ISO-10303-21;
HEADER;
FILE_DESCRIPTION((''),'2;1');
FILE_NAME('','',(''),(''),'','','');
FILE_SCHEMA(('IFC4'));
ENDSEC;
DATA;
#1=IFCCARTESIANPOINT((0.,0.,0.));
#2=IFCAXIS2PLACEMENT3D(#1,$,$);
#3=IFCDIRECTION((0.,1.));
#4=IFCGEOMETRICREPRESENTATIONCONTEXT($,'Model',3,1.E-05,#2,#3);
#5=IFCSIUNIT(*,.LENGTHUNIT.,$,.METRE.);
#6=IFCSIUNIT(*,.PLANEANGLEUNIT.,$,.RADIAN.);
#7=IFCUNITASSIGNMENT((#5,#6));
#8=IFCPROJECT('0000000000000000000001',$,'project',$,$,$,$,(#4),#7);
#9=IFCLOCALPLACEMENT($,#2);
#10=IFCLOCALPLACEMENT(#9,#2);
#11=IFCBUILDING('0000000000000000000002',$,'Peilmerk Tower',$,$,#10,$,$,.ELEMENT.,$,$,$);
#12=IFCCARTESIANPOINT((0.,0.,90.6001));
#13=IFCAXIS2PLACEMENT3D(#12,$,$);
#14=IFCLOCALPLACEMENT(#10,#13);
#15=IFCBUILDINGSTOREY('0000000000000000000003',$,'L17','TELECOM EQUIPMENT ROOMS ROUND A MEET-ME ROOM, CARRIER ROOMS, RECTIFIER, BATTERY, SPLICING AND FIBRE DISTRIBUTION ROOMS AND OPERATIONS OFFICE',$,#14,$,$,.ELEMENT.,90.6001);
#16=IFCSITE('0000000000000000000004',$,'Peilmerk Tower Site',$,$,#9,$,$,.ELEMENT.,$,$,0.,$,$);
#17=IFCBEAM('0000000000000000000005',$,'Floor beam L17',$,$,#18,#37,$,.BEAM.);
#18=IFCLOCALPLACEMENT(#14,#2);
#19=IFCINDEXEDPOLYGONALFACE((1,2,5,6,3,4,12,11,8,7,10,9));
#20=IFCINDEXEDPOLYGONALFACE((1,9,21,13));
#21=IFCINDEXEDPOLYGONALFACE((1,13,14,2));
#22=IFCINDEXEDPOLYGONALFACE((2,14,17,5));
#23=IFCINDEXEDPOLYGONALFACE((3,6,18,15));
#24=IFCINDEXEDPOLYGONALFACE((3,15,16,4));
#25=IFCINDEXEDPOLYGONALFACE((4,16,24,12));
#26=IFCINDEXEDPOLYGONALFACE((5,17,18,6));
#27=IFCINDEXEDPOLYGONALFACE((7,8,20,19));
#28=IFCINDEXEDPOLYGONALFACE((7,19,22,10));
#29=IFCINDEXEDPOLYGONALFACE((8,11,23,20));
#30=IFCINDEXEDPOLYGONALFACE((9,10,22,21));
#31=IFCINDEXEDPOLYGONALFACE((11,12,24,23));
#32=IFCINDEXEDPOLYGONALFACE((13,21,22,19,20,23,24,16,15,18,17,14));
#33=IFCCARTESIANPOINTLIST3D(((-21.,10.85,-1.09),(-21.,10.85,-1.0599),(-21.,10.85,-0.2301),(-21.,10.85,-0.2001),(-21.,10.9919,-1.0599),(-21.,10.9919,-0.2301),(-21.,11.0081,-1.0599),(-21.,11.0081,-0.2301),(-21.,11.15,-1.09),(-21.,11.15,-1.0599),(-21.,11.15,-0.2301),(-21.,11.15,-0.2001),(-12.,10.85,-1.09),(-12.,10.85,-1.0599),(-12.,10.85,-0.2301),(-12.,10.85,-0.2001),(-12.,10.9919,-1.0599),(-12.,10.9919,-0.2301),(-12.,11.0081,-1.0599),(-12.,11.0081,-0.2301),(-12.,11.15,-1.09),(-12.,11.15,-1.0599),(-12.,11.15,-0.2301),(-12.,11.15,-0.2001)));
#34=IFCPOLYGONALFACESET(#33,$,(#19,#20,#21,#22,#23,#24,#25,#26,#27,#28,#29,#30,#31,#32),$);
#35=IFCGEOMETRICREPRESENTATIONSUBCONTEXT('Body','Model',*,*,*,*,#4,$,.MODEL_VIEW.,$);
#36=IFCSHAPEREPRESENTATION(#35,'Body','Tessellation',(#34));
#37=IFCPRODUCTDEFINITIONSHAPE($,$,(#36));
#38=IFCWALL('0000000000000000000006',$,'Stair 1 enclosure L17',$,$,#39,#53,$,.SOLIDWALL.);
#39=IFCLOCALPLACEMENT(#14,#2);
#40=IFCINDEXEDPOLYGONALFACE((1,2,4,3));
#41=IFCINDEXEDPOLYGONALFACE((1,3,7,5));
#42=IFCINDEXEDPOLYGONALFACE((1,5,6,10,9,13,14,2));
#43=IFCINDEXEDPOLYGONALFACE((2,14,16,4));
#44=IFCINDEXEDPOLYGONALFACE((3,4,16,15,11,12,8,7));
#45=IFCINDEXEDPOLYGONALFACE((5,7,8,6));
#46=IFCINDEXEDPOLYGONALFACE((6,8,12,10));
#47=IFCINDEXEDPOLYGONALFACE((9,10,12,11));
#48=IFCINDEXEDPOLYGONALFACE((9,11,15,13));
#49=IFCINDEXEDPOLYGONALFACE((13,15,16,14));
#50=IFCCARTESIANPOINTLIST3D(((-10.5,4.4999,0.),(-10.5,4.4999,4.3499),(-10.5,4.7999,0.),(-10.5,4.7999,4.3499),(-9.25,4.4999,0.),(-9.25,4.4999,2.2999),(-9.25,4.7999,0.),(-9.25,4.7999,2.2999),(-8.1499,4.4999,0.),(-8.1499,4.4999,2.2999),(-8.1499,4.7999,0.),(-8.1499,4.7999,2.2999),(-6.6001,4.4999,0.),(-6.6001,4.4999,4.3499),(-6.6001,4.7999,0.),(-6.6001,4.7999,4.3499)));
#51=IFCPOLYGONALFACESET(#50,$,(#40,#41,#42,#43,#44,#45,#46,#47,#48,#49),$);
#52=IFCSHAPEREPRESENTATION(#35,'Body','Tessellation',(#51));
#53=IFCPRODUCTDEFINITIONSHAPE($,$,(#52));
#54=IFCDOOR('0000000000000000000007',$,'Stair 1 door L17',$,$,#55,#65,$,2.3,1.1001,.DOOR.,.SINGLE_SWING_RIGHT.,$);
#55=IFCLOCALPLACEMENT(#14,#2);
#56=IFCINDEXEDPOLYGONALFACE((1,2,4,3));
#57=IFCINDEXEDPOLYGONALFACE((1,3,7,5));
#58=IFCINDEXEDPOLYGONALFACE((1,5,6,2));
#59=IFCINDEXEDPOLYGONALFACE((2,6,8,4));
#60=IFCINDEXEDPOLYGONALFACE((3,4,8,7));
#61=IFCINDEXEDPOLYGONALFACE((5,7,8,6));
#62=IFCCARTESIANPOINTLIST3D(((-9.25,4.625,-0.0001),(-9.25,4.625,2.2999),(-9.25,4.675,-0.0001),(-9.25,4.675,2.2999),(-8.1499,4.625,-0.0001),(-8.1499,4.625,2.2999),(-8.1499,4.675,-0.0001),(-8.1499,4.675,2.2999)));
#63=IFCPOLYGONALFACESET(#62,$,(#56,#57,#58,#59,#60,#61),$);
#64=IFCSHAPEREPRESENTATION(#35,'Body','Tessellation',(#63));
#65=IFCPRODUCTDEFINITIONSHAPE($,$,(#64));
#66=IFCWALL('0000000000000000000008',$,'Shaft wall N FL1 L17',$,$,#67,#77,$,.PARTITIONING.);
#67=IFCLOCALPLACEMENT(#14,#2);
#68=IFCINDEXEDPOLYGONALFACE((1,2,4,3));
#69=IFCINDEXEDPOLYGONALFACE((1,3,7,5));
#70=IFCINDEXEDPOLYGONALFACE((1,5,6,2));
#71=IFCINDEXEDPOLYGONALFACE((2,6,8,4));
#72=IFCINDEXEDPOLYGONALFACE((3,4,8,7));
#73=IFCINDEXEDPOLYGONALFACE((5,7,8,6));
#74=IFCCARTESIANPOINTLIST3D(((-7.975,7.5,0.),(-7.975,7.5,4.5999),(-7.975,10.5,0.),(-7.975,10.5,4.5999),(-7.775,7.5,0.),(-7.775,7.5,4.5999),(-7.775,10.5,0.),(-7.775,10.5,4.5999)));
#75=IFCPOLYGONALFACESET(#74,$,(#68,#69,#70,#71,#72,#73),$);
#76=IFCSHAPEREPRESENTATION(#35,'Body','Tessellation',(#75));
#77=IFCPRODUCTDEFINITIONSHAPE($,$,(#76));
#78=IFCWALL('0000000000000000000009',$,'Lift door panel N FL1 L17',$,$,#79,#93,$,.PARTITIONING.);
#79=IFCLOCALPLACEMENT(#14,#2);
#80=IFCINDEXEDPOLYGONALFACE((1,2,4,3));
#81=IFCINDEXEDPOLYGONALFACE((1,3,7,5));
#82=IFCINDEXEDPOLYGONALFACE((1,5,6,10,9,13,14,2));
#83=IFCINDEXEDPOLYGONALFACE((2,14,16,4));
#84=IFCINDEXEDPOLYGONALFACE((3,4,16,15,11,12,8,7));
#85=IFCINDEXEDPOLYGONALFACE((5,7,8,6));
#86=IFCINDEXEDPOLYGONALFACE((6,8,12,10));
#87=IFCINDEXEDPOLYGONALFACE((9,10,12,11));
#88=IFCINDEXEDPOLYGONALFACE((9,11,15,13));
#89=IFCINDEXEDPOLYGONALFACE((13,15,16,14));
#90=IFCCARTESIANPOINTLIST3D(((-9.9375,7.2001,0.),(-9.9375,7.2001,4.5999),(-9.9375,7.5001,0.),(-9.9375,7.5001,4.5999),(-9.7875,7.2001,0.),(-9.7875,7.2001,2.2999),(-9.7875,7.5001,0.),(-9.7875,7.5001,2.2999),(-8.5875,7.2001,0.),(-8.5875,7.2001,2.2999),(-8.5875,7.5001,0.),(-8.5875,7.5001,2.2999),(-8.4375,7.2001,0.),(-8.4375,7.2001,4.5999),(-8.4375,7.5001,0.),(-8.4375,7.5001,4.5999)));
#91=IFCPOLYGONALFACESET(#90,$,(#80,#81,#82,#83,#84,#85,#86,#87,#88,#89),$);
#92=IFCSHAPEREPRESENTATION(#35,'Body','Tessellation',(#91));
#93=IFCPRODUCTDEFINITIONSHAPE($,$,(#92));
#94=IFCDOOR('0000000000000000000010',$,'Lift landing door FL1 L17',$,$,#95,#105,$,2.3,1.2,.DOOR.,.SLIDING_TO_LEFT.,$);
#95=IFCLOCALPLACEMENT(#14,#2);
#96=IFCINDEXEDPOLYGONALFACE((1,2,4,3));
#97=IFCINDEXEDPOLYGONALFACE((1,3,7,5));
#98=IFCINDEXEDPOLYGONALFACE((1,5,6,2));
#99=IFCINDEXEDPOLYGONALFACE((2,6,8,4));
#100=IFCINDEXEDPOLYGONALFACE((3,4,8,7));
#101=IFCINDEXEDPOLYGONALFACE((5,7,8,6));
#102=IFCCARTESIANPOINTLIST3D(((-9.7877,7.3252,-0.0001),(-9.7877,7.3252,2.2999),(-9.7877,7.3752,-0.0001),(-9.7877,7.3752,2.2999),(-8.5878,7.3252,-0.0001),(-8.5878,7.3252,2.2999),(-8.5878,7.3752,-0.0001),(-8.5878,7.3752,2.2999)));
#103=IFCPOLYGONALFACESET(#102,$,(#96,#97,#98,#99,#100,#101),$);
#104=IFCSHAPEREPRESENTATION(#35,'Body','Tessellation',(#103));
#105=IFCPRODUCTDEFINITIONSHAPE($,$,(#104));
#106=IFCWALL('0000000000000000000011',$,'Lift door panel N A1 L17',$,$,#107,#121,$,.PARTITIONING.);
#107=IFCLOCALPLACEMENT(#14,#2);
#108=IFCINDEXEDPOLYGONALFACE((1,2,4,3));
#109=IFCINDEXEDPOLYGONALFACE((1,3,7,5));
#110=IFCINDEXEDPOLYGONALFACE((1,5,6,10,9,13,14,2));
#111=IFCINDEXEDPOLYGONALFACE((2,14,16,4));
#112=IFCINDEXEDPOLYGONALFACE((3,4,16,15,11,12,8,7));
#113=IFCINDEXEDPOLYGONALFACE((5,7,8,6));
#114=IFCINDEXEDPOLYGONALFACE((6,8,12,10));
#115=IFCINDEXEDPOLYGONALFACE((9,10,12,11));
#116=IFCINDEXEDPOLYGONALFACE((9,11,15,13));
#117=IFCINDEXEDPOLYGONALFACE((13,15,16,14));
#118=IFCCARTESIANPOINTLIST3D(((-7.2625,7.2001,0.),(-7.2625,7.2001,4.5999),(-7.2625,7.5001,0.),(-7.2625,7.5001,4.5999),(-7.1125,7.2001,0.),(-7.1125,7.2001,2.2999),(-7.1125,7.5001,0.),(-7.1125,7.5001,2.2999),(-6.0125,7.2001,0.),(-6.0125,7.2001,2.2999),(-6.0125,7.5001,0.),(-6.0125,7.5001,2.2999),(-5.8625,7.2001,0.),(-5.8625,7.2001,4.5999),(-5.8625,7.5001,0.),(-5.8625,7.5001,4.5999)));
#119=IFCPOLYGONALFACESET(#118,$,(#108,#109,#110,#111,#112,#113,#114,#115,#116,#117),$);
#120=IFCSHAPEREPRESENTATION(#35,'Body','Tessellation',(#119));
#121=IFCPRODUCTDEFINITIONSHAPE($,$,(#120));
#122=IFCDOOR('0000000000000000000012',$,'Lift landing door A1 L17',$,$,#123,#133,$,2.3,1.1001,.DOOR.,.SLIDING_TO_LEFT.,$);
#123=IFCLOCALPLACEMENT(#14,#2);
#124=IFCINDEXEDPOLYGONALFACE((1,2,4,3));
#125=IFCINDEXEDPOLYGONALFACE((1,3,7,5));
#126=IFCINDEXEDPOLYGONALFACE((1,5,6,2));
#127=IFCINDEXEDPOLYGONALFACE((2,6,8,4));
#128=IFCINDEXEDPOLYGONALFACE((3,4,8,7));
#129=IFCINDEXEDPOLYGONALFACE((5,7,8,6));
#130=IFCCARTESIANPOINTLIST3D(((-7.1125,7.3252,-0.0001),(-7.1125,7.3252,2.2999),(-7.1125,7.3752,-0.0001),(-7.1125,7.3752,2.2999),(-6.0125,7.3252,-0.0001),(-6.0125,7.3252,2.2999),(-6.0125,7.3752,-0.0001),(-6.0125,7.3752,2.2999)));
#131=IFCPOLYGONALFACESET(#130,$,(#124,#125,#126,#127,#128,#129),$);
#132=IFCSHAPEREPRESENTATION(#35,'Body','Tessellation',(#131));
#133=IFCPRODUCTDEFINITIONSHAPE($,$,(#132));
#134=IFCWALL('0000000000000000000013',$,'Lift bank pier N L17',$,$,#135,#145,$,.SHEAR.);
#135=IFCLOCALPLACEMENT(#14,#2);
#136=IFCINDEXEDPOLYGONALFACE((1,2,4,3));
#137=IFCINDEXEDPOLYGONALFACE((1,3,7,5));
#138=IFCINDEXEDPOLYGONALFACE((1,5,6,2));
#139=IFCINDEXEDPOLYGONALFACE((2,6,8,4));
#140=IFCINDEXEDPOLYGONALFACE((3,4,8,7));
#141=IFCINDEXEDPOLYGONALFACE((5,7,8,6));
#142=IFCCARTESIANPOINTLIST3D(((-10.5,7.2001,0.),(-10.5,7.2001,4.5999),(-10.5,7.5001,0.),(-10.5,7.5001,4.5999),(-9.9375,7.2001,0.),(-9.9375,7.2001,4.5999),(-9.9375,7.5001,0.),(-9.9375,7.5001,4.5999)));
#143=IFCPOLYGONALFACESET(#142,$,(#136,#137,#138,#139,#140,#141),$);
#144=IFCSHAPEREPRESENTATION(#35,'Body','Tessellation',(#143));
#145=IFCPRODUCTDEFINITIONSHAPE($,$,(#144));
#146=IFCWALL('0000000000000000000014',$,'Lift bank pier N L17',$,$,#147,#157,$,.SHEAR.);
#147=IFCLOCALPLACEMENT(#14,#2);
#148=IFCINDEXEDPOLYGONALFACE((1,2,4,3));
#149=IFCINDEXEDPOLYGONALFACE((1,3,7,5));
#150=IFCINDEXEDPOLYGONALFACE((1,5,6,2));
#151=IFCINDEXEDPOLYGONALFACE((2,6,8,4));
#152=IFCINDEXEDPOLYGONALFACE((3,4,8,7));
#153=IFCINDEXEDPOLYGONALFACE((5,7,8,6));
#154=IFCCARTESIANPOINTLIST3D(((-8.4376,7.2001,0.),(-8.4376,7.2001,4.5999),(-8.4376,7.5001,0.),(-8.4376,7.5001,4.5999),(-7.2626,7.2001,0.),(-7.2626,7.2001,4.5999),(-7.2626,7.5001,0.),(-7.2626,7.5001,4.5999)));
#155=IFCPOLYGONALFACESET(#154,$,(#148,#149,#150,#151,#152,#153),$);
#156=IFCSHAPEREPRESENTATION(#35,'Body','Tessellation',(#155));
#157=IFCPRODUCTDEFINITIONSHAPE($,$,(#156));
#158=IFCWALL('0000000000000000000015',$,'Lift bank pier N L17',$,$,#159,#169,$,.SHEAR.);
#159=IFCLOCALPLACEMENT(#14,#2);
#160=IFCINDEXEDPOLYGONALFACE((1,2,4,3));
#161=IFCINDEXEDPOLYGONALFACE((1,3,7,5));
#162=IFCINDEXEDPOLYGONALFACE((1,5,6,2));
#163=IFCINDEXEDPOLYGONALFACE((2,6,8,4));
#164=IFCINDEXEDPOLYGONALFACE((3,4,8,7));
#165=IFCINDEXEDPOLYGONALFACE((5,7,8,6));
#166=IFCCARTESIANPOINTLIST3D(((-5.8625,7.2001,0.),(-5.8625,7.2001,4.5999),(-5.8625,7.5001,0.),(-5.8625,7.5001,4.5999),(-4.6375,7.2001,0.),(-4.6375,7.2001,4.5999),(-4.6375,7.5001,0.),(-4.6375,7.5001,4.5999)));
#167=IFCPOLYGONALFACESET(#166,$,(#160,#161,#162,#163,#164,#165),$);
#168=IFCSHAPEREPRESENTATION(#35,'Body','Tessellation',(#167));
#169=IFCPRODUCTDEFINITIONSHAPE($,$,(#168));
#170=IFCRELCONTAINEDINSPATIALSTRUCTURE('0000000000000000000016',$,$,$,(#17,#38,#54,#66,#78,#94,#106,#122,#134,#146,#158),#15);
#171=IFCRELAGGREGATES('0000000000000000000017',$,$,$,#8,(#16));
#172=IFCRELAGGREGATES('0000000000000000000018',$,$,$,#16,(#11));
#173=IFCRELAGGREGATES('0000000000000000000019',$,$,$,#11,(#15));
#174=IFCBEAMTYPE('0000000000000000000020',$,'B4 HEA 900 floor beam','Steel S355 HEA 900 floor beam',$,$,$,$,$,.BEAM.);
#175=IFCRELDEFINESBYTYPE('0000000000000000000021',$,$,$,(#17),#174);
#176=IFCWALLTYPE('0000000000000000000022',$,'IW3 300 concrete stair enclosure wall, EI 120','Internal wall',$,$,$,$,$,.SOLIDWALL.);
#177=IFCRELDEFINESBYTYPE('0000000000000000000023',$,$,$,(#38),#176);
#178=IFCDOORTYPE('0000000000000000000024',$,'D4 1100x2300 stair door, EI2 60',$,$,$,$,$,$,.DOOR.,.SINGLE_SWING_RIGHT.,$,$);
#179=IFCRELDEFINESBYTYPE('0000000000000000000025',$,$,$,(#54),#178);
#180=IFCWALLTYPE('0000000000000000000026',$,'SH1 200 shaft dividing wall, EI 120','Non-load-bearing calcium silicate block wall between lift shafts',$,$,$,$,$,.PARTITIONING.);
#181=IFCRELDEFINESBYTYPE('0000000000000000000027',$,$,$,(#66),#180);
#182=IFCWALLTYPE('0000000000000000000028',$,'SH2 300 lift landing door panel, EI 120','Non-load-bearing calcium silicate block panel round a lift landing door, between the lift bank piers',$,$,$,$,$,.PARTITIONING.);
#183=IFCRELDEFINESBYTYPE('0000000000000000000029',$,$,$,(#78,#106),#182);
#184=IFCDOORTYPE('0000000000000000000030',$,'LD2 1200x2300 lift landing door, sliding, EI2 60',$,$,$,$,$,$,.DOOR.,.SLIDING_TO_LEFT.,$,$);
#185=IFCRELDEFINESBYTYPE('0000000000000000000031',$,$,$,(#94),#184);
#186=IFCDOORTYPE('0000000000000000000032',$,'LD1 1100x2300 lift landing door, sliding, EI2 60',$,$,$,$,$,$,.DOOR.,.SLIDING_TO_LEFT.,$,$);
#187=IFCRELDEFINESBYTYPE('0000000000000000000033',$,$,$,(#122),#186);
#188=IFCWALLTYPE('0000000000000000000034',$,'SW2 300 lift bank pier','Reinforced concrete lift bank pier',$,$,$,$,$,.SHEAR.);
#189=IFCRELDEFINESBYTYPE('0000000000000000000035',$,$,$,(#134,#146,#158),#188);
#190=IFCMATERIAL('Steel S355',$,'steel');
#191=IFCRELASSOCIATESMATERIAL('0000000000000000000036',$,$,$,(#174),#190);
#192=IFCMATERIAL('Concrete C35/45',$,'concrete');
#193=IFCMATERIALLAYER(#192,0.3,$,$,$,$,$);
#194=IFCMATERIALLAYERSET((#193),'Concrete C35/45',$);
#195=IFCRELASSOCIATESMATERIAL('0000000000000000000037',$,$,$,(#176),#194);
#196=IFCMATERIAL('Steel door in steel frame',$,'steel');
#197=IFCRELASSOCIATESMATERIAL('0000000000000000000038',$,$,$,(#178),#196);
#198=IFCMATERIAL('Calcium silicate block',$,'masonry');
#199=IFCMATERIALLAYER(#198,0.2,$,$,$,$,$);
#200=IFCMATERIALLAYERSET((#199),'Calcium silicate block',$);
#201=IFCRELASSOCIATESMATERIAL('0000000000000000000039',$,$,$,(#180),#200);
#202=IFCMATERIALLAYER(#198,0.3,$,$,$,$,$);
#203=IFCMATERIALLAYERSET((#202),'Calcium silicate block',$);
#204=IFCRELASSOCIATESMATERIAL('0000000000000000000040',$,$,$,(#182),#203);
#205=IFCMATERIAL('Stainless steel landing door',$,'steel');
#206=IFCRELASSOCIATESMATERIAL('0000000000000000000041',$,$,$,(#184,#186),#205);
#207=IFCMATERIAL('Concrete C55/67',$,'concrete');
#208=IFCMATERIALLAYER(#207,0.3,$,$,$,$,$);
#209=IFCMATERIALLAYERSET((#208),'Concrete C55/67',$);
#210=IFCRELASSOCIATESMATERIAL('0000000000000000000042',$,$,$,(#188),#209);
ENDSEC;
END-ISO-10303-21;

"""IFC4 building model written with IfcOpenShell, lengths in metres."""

from ifc_helpers import new_model, si_unit, direction, frame, frame_2d, origin, origin_2d, place, context, subcontext, project, spatial, rectangle, i_section, extrude, material, layer, layer_set, material_profile, profile_set, type_object, element, fill, save


model = new_model("IFC4")

# Units and contexts
model_context = context("Model", 3, precision=1e-05, world=origin(), true_north=direction((0.0, 1.0)))
body_context = subcontext(model_context, "Body", "Model", "MODEL_VIEW")
ifc_project = project(units=[si_unit("LENGTHUNIT", "METRE"), si_unit("PLANEANGLEUNIT", "RADIAN")], contexts=[model_context])

# Site, building, storey
site_placement = place(None, origin())
site = spatial("IfcSite", under=ifc_project, at=site_placement, Name="Peilmerk Tower Site", CompositionType="ELEMENT", RefElevation=0.0)
building_placement = place(site_placement, origin())
building = spatial("IfcBuilding", under=site, at=building_placement, Name="Peilmerk Tower", CompositionType="ELEMENT")
storey_placement = place(building_placement, frame((0.0, 0.0, 90.6001)))
storey = spatial("IfcBuildingStorey", under=building, at=storey_placement, Name="L17", Description="TELECOM EQUIPMENT ROOMS ROUND A MEET-ME ROOM, CARRIER ROOMS, RECTIFIER, BATTERY, SPLICING AND FIBRE DISTRIBUTION ROOMS AND OPERATIONS OFFICE", CompositionType="ELEMENT", Elevation=90.6001)

# Beam
ifc_material_1 = material(Name="Steel S355", Category="steel")
ifc_material_profile = material_profile(ifc_material_1, i_section(OverallWidth=0.3, OverallDepth=0.8899, WebThickness=0.0161, FlangeThickness=0.03, at=origin_2d()), Name="HEA 900")
ifc_profile_set = profile_set([ifc_material_profile], Name="Steel S355")
beam_type = type_object("IfcBeamType", Name="B4 HEA 900 floor beam", Description="Steel S355 HEA 900 floor beam", PredefinedType="BEAM", material=ifc_profile_set)
beam_placement = place(storey_placement, frame((-12.0, 11.0, -0.645), z_axis=(-1.0, 0.0, 0.0), x_axis=(0.0, -1.0, 0.0)))
element("IfcBeam", 1, at=beam_placement, inside=storey, type_object=beam_type, Name="Floor beam L17", PredefinedType="BEAM", context=body_context, shape_type="SweptSolid", body=[
    extrude(i_section(OverallWidth=0.3, OverallDepth=0.8899, WebThickness=0.0161, FlangeThickness=0.03, at=origin_2d()), origin(), (0.0, 0.0, 1.0), 9.0),
])

# Wall, opening, door
ifc_material_2 = material(Name="Concrete C35/45", Category="concrete")
ifc_layer_1 = layer(ifc_material_2, 0.3)
ifc_layer_set_1 = layer_set([ifc_layer_1], Name="Concrete C35/45")
wall_type_1 = type_object("IfcWallType", Name="IW3 300 concrete stair enclosure wall, EI 120", Description="Internal wall", PredefinedType="SOLIDWALL", material=ifc_layer_set_1)
wall_1_placement = place(storey_placement, frame((-10.5, 4.6499, 0.0), z_axis=(0.0, 0.0, 1.0), x_axis=(1.0, 0.0, 0.0)))
wall_1 = element("IfcWall", 2, at=wall_1_placement, inside=storey, type_object=wall_type_1, Name="Stair 1 enclosure L17", PredefinedType="SOLIDWALL", context=body_context, shape_type="SweptSolid", body=[
    extrude(rectangle(XDim=3.8999, YDim=0.3, at=frame_2d((1.95, 0.0))), origin(), (0.0, 0.0, 1.0), 4.3499),
])
opening_1_placement = place(wall_1_placement, frame((1.25, 0.0, 0.0)))
opening_1 = element("IfcOpeningElement", 3, at=opening_1_placement, cuts=wall_1, PredefinedType="OPENING", context=body_context, shape_type="SweptSolid", body=[
    extrude(rectangle(XDim=1.1001, YDim=2.3, at=frame_2d((0.55, 1.1499))), frame((0.0, 0.1599, 0.0), z_axis=(0.0, -1.0, 0.0), x_axis=(1.0, 0.0, 0.0)), (0.0, 0.0, 1.0), 0.3201),
])
ifc_material_3 = material(Name="Steel door in steel frame", Category="steel")
door_type_1 = type_object("IfcDoorType", Name="D4 1100x2300 stair door, EI2 60", OperationType="SINGLE_SWING_RIGHT", PredefinedType="DOOR", material=ifc_material_3)
door_1_placement = place(opening_1_placement, frame((1.1001, 0.0, 0.0), z_axis=(0.0, 0.0, 1.0), x_axis=(-1.0, 0.0, 0.0)))
door_1 = element("IfcDoor", 4, at=door_1_placement, inside=storey, type_object=door_type_1, Name="Stair 1 door L17", OperationType="SINGLE_SWING_RIGHT", OverallHeight=2.3, OverallWidth=1.1001, PredefinedType="DOOR", context=body_context, shape_type="SweptSolid", body=[
    extrude(rectangle(XDim=1.1001, YDim=2.3, at=frame_2d((0.55, 1.1499))), frame((0.0, 0.0249, 0.0), z_axis=(0.0, -1.0, 0.0), x_axis=(1.0, 0.0, 0.0)), (0.0, 0.0, 1.0), 0.05),
])
fill(opening_1, door_1)

# Wall
ifc_material_4 = material(Name="Calcium silicate block", Category="masonry")
ifc_layer_2 = layer(ifc_material_4, 0.2)
ifc_layer_set_2 = layer_set([ifc_layer_2], Name="Calcium silicate block")
wall_type_2 = type_object("IfcWallType", Name="SH1 200 shaft dividing wall, EI 120", Description="Non-load-bearing calcium silicate block wall between lift shafts", PredefinedType="PARTITIONING", material=ifc_layer_set_2)
wall_2_placement = place(storey_placement, frame((-7.875, 7.5, 0.0), z_axis=(0.0, 0.0, 1.0), x_axis=(0.0, 1.0, 0.0)))
element("IfcWall", 5, at=wall_2_placement, inside=storey, type_object=wall_type_2, Name="Shaft wall N FL1 L17", PredefinedType="PARTITIONING", context=body_context, shape_type="SweptSolid", body=[
    extrude(rectangle(XDim=3.0, YDim=0.2, at=frame_2d((1.5, 0.0))), origin(), (0.0, 0.0, 1.0), 4.5999),
])

# Walls, openings, doors
ifc_layer_3 = layer(ifc_material_4, 0.3)
ifc_layer_set_3 = layer_set([ifc_layer_3], Name="Calcium silicate block")
wall_type_3 = type_object("IfcWallType", Name="SH2 300 lift landing door panel, EI 120", Description="Non-load-bearing calcium silicate block panel round a lift landing door, between the lift bank piers", PredefinedType="PARTITIONING", material=ifc_layer_set_3)
wall_3_placement = place(storey_placement, frame((-9.9375, 7.3501, 0.0), z_axis=(0.0, 0.0, 1.0), x_axis=(1.0, 0.0, 0.0)))
wall_3 = element("IfcWall", 6, at=wall_3_placement, inside=storey, type_object=wall_type_3, Name="Lift door panel N FL1 L17", PredefinedType="PARTITIONING", context=body_context, shape_type="SweptSolid", body=[
    extrude(rectangle(XDim=1.5, YDim=0.3, at=frame_2d((0.75, 0.0))), origin(), (0.0, 0.0, 1.0), 4.5999),
])
opening_2_placement = place(wall_3_placement, frame((0.1499, 0.0, 0.0)))
opening_2 = element("IfcOpeningElement", 7, at=opening_2_placement, cuts=wall_3, PredefinedType="OPENING", context=body_context, shape_type="SweptSolid", body=[
    extrude(rectangle(XDim=1.2, YDim=2.3, at=frame_2d((0.6001, 1.1499))), frame((0.0, 0.1599, 0.0), z_axis=(0.0, -1.0, 0.0), x_axis=(1.0, 0.0, 0.0)), (0.0, 0.0, 1.0), 0.3201),
])
ifc_material_5 = material(Name="Stainless steel landing door", Category="steel")
door_type_2 = type_object("IfcDoorType", Name="LD2 1200x2300 lift landing door, sliding, EI2 60", OperationType="SLIDING_TO_LEFT", PredefinedType="DOOR", material=ifc_material_5)
door_2_placement = place(opening_2_placement, frame((1.2, 0.0, 0.0), z_axis=(0.0, 0.0, 1.0), x_axis=(-1.0, 0.0, 0.0)))
door_2 = element("IfcDoor", 8, at=door_2_placement, inside=storey, type_object=door_type_2, Name="Lift landing door FL1 L17", OperationType="SLIDING_TO_LEFT", OverallHeight=2.3, OverallWidth=1.2, PredefinedType="DOOR", context=body_context, shape_type="SweptSolid", body=[
    extrude(rectangle(XDim=1.2, YDim=2.3, at=frame_2d((0.6001, 1.1499))), frame((0.0, 0.0249, 0.0), z_axis=(0.0, -1.0, 0.0), x_axis=(1.0, 0.0, 0.0)), (0.0, 0.0, 1.0), 0.05),
])
fill(opening_2, door_2)
wall_4_placement = place(storey_placement, frame((-7.2625, 7.3501, 0.0), z_axis=(0.0, 0.0, 1.0), x_axis=(1.0, 0.0, 0.0)))
wall_4 = element("IfcWall", 9, at=wall_4_placement, inside=storey, type_object=wall_type_3, Name="Lift door panel N A1 L17", PredefinedType="PARTITIONING", context=body_context, shape_type="SweptSolid", body=[
    extrude(rectangle(XDim=1.3999, YDim=0.3, at=frame_2d((0.7, 0.0))), origin(), (0.0, 0.0, 1.0), 4.5999),
])
opening_3_placement = place(wall_4_placement, frame((0.1499, 0.0, 0.0)))
opening_3 = element("IfcOpeningElement", 10, at=opening_3_placement, cuts=wall_4, PredefinedType="OPENING", context=body_context, shape_type="SweptSolid", body=[
    extrude(rectangle(XDim=1.1001, YDim=2.3, at=frame_2d((0.55, 1.1499))), frame((0.0, 0.1599, 0.0), z_axis=(0.0, -1.0, 0.0), x_axis=(1.0, 0.0, 0.0)), (0.0, 0.0, 1.0), 0.3201),
])
door_type_3 = type_object("IfcDoorType", Name="LD1 1100x2300 lift landing door, sliding, EI2 60", OperationType="SLIDING_TO_LEFT", PredefinedType="DOOR", material=ifc_material_5)
door_3_placement = place(opening_3_placement, frame((1.1001, 0.0, 0.0), z_axis=(0.0, 0.0, 1.0), x_axis=(-1.0, 0.0, 0.0)))
door_3 = element("IfcDoor", 11, at=door_3_placement, inside=storey, type_object=door_type_3, Name="Lift landing door A1 L17", OperationType="SLIDING_TO_LEFT", OverallHeight=2.3, OverallWidth=1.1001, PredefinedType="DOOR", context=body_context, shape_type="SweptSolid", body=[
    extrude(rectangle(XDim=1.1001, YDim=2.3, at=frame_2d((0.55, 1.1499))), frame((0.0, 0.0249, 0.0), z_axis=(0.0, -1.0, 0.0), x_axis=(1.0, 0.0, 0.0)), (0.0, 0.0, 1.0), 0.05),
])
fill(opening_3, door_3)

# Walls
ifc_material_6 = material(Name="Concrete C55/67", Category="concrete")
ifc_layer_4 = layer(ifc_material_6, 0.3)
ifc_layer_set_4 = layer_set([ifc_layer_4], Name="Concrete C55/67")
wall_type_4 = type_object("IfcWallType", Name="SW2 300 lift bank pier", Description="Reinforced concrete lift bank pier", PredefinedType="SHEAR", material=ifc_layer_set_4)
wall_5_placement = place(storey_placement, frame((-10.5, 7.3501, 0.0), z_axis=(0.0, 0.0, 1.0), x_axis=(1.0, 0.0, 0.0)))
element("IfcWall", 12, at=wall_5_placement, inside=storey, type_object=wall_type_4, Name="Lift bank pier N L17", PredefinedType="SHEAR", context=body_context, shape_type="SweptSolid", body=[
    extrude(rectangle(XDim=0.5625, YDim=0.3, at=frame_2d((0.2812, 0.0))), origin(), (0.0, 0.0, 1.0), 4.5999),
])
wall_6_placement = place(storey_placement, frame((-8.4375, 7.3501, 0.0), z_axis=(0.0, 0.0, 1.0), x_axis=(1.0, 0.0, 0.0)))
element("IfcWall", 13, at=wall_6_placement, inside=storey, type_object=wall_type_4, Name="Lift bank pier N L17", PredefinedType="SHEAR", context=body_context, shape_type="SweptSolid", body=[
    extrude(rectangle(XDim=1.175, YDim=0.3, at=frame_2d((0.5874, 0.0))), origin(), (0.0, 0.0, 1.0), 4.5999),
])
wall_7_placement = place(storey_placement, frame((-5.8625, 7.3501, 0.0), z_axis=(0.0, 0.0, 1.0), x_axis=(1.0, 0.0, 0.0)))
element("IfcWall", 14, at=wall_7_placement, inside=storey, type_object=wall_type_4, Name="Lift bank pier N L17", PredefinedType="SHEAR", context=body_context, shape_type="SweptSolid", body=[
    extrude(rectangle(XDim=1.2251, YDim=0.3, at=frame_2d((0.6125, 0.0))), origin(), (0.0, 0.0, 1.0), 4.5999),
])

save(model, "model.ifc")
